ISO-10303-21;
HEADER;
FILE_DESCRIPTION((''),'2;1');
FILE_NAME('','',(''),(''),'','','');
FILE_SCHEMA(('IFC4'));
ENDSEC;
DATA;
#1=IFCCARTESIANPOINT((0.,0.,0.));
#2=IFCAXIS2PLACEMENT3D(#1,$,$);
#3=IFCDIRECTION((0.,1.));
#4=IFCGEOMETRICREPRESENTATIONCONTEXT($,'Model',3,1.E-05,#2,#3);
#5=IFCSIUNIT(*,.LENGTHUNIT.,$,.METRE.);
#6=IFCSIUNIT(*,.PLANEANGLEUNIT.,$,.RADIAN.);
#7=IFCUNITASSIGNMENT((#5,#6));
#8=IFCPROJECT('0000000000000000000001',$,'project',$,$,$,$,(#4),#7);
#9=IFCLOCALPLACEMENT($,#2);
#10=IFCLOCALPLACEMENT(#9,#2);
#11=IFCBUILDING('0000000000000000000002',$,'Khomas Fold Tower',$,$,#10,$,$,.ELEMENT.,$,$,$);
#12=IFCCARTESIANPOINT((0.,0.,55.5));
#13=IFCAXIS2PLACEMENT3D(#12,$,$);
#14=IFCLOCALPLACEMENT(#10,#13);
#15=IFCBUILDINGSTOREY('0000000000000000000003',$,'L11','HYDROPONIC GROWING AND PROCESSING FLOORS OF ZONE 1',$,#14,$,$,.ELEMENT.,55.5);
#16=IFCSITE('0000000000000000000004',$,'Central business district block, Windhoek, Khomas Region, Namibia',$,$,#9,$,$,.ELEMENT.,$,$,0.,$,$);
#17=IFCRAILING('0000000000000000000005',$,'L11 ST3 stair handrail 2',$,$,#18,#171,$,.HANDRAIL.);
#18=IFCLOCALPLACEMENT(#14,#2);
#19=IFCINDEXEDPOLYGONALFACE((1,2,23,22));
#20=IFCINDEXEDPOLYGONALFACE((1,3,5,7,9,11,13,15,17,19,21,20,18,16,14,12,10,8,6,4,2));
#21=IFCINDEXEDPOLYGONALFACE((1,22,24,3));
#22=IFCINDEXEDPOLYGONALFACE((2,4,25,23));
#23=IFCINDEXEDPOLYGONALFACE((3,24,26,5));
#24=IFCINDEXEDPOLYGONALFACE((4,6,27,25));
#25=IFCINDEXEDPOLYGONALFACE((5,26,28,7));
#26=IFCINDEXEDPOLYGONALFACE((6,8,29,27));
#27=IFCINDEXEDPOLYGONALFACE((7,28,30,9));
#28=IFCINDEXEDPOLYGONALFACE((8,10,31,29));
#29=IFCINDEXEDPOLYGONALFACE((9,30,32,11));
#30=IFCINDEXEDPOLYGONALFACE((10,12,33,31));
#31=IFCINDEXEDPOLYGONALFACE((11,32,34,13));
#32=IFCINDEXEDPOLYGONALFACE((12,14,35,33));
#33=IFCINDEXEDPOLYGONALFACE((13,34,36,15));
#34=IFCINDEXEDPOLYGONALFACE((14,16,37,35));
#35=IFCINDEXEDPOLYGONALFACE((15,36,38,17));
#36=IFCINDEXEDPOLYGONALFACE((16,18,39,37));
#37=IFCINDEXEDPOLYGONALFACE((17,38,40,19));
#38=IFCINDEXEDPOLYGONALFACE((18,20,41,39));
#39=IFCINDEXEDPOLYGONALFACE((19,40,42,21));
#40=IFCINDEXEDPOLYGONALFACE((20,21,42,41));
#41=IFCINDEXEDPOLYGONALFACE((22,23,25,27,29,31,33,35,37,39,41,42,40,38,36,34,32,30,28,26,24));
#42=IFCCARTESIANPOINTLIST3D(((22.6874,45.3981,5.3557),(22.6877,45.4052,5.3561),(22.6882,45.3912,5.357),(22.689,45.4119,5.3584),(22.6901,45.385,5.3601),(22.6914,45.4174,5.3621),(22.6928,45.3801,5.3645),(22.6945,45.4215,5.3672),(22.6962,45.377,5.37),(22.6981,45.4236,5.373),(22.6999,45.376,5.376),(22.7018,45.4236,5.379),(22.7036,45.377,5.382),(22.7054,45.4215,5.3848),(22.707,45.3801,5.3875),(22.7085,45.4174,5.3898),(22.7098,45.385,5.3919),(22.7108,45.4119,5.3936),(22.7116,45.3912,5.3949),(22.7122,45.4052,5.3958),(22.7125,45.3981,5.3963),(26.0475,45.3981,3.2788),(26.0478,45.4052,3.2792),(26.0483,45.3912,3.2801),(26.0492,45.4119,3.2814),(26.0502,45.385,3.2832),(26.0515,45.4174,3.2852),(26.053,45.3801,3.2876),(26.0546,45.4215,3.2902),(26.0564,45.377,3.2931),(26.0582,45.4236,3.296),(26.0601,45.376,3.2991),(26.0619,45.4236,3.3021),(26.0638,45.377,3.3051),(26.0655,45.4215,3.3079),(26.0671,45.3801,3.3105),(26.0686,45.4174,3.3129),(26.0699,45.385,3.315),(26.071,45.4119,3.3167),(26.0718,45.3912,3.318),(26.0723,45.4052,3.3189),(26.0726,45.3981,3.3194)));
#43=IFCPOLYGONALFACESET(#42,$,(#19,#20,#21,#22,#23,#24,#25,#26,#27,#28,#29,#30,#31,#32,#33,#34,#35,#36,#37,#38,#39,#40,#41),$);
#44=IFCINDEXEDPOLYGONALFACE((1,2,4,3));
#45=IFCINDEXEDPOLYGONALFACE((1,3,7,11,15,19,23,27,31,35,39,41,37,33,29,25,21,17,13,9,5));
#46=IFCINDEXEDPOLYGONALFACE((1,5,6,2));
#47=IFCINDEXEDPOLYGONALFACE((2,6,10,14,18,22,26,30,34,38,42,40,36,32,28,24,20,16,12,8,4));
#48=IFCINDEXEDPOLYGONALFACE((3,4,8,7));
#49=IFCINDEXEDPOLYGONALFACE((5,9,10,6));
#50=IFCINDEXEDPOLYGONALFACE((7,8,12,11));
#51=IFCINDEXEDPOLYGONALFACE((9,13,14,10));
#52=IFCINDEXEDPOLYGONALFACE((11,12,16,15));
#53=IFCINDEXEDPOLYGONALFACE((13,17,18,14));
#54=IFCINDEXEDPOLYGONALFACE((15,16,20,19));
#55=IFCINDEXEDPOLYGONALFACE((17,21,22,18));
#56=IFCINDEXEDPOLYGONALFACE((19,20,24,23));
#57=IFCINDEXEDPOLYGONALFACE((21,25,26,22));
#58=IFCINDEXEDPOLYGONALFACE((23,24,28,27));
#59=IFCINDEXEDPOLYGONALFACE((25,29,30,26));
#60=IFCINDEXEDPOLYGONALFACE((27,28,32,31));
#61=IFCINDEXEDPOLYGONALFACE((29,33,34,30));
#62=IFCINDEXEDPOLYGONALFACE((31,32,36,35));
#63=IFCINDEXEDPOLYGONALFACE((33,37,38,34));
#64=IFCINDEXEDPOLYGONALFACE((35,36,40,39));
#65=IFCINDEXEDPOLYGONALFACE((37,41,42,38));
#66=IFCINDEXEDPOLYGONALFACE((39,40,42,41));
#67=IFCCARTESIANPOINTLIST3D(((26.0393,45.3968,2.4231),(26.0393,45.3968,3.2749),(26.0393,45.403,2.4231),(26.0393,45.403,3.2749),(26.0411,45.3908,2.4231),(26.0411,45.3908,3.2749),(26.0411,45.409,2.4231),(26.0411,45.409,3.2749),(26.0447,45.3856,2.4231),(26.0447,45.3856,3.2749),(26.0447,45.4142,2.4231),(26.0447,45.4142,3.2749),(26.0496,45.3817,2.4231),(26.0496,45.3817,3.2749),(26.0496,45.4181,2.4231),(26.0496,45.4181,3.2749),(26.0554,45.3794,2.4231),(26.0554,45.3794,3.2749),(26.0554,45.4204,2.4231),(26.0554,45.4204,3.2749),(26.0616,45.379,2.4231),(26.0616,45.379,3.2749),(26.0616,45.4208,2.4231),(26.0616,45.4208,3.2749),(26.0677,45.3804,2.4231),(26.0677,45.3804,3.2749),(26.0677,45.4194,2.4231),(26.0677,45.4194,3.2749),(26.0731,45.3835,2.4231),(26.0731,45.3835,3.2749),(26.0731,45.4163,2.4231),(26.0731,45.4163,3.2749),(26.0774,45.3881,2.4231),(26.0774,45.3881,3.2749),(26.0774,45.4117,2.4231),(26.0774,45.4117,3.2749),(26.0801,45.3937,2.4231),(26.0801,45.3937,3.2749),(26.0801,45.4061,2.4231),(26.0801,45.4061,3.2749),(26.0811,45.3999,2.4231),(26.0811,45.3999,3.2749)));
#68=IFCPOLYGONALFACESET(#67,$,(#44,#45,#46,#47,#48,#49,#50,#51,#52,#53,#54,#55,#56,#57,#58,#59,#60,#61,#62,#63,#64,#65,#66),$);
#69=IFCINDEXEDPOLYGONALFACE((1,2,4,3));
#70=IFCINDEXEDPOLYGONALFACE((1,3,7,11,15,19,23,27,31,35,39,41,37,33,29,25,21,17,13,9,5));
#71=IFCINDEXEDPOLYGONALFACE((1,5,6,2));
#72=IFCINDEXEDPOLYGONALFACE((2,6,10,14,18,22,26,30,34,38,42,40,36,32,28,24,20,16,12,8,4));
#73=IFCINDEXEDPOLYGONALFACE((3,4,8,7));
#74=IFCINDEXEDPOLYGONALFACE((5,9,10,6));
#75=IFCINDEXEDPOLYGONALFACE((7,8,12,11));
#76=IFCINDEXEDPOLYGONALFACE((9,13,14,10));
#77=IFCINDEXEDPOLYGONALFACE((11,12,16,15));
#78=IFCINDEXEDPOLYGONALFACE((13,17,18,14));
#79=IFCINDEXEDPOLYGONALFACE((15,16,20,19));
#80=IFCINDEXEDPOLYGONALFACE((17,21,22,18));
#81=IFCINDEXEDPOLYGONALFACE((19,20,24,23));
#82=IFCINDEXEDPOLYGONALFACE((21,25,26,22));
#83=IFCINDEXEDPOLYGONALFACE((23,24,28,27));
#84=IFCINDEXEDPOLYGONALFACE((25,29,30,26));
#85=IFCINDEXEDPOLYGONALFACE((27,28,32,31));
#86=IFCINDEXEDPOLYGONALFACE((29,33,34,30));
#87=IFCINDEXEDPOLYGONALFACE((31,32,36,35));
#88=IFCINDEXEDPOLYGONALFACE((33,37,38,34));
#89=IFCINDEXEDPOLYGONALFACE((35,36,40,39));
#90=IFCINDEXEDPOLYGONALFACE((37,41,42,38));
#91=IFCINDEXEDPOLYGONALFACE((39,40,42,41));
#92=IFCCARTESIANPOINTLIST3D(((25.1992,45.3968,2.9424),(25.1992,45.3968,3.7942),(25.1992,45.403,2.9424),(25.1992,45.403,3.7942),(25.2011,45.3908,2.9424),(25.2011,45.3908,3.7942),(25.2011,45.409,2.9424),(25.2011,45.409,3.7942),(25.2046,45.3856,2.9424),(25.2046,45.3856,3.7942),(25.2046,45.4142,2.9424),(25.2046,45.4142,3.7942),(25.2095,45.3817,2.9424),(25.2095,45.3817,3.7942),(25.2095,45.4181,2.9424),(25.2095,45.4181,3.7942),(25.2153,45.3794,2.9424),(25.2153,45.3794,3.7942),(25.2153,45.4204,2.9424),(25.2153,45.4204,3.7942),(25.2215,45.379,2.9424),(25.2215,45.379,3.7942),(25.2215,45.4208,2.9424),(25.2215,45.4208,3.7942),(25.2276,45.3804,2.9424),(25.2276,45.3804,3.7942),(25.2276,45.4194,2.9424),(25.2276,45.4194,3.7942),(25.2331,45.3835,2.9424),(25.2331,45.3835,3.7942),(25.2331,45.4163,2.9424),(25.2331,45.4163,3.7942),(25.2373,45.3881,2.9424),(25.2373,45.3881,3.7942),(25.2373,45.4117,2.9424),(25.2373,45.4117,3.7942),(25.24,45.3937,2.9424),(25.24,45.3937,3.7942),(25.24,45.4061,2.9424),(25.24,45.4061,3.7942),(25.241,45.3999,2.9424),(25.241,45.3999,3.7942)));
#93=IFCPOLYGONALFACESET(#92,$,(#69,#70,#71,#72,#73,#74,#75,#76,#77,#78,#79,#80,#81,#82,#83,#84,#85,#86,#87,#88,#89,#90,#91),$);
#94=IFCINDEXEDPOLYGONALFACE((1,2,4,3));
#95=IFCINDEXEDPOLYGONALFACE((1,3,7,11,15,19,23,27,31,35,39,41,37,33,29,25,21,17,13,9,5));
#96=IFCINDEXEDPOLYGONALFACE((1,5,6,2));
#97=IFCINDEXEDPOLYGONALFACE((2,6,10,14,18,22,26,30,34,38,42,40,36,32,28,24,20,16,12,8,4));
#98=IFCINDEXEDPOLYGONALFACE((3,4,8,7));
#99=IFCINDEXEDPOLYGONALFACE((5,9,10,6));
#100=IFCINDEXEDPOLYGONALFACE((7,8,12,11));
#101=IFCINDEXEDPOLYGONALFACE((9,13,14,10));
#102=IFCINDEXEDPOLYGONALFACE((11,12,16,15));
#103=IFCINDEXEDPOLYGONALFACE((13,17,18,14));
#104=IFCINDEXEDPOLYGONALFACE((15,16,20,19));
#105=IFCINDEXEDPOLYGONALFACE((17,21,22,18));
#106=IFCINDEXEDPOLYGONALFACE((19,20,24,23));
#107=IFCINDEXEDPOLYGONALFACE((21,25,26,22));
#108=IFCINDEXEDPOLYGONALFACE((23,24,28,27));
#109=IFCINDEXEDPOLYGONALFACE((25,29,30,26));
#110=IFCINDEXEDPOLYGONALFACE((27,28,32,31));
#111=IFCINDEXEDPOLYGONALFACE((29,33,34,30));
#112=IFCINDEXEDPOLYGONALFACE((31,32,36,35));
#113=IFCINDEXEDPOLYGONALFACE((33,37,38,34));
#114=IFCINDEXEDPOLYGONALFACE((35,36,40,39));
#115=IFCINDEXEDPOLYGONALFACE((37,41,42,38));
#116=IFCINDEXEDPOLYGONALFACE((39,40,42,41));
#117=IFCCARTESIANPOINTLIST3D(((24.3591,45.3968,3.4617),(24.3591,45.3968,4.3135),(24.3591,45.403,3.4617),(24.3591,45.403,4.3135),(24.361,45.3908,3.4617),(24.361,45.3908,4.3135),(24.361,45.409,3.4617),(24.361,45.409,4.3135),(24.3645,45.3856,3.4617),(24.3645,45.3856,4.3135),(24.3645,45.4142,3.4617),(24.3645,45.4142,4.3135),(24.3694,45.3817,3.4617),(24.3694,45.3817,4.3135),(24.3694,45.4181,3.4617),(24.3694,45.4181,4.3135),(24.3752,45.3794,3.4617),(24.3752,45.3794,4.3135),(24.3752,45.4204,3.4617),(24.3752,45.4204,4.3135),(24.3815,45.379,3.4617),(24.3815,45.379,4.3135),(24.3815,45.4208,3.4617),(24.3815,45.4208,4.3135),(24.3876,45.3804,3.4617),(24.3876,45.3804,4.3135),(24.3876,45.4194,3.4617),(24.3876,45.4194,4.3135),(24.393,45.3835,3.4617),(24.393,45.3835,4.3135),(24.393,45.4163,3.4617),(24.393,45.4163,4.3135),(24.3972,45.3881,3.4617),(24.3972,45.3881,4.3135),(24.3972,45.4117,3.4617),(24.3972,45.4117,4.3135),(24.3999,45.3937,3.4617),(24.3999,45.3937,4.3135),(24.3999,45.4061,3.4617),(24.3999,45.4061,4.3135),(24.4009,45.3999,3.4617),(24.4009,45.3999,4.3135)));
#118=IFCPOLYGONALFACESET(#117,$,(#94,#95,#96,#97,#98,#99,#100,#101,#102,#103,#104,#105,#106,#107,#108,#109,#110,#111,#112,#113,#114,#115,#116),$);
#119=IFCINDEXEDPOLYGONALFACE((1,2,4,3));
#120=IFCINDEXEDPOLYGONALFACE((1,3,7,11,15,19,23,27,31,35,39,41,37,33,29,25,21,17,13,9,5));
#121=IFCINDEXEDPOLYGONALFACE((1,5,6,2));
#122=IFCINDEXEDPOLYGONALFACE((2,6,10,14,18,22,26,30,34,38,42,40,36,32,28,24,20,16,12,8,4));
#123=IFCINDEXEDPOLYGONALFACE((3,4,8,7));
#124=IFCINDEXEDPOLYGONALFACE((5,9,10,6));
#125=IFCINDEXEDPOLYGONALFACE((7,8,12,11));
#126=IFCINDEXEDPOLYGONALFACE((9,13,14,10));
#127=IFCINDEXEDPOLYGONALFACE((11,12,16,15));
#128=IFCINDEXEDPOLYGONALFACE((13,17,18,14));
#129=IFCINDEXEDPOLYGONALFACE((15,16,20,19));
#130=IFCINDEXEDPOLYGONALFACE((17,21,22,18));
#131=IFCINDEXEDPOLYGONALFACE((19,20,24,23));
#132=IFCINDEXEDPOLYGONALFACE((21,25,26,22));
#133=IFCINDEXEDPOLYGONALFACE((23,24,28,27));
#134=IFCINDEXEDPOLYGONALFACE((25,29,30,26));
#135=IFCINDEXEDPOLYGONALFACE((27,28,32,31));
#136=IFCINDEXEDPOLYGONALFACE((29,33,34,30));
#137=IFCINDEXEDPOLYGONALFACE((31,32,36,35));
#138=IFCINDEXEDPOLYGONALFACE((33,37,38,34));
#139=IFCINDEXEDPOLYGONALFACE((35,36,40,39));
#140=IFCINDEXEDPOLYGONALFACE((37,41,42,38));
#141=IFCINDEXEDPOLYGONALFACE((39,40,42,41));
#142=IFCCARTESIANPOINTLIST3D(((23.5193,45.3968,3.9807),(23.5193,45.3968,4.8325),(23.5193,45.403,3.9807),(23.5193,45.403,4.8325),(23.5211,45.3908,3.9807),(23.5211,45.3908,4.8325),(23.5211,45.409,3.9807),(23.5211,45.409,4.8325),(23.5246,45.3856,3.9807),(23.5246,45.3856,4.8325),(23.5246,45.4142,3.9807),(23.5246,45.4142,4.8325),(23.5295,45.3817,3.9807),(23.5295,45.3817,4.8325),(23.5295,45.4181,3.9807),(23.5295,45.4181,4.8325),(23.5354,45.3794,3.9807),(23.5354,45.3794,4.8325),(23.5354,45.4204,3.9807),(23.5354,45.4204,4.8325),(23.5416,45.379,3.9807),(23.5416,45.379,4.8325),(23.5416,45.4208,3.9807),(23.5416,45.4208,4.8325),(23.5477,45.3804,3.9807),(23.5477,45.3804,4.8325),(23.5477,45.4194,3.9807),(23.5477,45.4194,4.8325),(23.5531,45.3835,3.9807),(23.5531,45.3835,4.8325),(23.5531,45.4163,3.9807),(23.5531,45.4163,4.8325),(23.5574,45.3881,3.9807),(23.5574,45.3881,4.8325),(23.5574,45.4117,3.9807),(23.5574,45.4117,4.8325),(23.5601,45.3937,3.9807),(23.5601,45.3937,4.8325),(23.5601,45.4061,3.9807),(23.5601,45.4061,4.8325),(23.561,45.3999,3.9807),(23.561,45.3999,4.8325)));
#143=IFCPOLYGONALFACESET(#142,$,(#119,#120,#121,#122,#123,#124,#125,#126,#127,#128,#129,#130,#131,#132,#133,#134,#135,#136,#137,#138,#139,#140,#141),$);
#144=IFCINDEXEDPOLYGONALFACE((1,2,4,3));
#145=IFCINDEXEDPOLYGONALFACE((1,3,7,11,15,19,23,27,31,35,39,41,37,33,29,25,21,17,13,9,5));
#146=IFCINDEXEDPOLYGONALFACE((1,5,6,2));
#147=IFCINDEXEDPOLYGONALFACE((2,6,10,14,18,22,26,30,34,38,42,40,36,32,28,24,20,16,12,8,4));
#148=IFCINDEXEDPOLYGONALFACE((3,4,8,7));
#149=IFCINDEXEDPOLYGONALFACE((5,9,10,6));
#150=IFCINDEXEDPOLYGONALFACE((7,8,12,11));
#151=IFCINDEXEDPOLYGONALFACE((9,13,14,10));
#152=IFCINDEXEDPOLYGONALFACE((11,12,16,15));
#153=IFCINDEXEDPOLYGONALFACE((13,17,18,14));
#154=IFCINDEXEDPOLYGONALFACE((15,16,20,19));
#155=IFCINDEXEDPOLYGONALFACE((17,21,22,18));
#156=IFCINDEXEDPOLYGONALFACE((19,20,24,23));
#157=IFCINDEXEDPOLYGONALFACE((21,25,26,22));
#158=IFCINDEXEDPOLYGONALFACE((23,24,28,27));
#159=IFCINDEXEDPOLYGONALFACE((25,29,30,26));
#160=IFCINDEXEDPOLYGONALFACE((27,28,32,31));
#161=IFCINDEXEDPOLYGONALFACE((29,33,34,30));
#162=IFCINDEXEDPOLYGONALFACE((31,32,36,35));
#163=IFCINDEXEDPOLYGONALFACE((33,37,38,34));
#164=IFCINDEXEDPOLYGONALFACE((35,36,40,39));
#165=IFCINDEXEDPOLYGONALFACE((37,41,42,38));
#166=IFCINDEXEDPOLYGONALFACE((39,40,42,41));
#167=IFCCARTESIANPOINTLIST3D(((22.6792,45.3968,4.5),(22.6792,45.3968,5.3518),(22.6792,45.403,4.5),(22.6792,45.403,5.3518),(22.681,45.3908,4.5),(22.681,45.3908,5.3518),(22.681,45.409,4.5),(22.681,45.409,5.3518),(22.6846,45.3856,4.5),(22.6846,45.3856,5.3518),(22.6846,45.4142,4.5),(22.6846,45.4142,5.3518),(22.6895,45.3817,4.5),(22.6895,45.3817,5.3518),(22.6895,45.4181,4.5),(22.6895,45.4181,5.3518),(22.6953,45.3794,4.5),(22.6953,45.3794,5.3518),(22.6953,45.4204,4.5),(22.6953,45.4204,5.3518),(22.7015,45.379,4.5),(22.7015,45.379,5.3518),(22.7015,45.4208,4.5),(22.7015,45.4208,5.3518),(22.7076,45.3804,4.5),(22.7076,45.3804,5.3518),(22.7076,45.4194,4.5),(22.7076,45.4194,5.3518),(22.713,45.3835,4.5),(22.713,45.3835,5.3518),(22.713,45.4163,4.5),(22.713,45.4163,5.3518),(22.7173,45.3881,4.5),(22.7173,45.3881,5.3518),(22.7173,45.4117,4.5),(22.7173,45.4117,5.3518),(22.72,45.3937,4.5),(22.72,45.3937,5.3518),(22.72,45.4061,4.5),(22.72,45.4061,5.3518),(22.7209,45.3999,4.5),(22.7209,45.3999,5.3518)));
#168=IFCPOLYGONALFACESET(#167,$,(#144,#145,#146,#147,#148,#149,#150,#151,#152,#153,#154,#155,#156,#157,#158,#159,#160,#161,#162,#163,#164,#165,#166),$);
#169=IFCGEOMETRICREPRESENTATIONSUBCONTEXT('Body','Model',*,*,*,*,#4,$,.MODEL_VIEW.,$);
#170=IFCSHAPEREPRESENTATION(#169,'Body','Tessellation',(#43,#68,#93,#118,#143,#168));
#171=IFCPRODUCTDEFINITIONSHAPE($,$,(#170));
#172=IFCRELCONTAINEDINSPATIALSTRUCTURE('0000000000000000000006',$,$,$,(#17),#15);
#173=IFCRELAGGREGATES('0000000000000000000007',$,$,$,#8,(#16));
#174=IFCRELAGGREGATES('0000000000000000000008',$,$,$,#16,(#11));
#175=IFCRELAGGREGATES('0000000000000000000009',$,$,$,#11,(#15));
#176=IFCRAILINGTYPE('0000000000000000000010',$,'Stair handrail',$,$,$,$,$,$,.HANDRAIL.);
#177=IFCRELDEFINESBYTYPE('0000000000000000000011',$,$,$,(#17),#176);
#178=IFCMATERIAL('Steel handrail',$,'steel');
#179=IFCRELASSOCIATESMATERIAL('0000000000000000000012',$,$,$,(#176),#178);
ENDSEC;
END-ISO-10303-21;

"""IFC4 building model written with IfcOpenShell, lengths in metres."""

from ifc_helpers import new_model, si_unit, direction, frame, origin, origin_2d, place, context, subcontext, project, spatial, circle, extrude, source, transform, mapped, material, type_object, element, save


model = new_model("IFC4")

# Units and contexts
model_context = context("Model", 3, precision=1e-05, world=origin(), true_north=direction((0.0, 1.0)))
body_context = subcontext(model_context, "Body", "Model", "MODEL_VIEW")
ifc_project = project(units=[si_unit("LENGTHUNIT", "METRE"), si_unit("PLANEANGLEUNIT", "RADIAN")], contexts=[model_context])

# Site, building, storey
site_placement = place(None, origin())
site = spatial("IfcSite", under=ifc_project, at=site_placement, Name="Central business district block, Windhoek, Khomas Region, Namibia", CompositionType="ELEMENT", RefElevation=0.0)
building_placement = place(site_placement, origin())
building = spatial("IfcBuilding", under=site, at=building_placement, Name="Khomas Fold Tower", CompositionType="ELEMENT")
storey_placement = place(building_placement, frame((0.0, 0.0, 55.5)))
storey = spatial("IfcBuildingStorey", under=building, at=storey_placement, Name="L11", Description="HYDROPONIC GROWING AND PROCESSING FLOORS OF ZONE 1", CompositionType="ELEMENT", Elevation=55.5)

# Railing
ifc_material_1 = material(Name="Steel handrail", Category="steel")
railing_type_1 = type_object("IfcRailingType", Name="Stair handrail", PredefinedType="HANDRAIL", material=ifc_material_1)
shared_shape_1 = source(origin(), body_context, "Body", "SweptSolid", [
    extrude(circle(Radius=0.0239, at=origin_2d()), frame((0.0, 0.0, 0.876), z_axis=(-0.850623, 0.0, 0.525776), x_axis=(0.0, -1.0, 0.0)), (0.0, 0.0, 1.0), 3.9502),
    extrude(circle(Radius=0.021, at=origin_2d()), origin(), (0.0, 0.0, 1.0), 0.8518),
    extrude(circle(Radius=0.021, at=origin_2d()), frame((-0.8401, 0.0, 0.5193)), (0.0, 0.0, 1.0), 0.8518),
    extrude(circle(Radius=0.021, at=origin_2d()), frame((-1.6802, 0.0, 1.0386)), (0.0, 0.0, 1.0), 0.8518),
    extrude(circle(Radius=0.021, at=origin_2d()), frame((-2.52, 0.0, 1.5576)), (0.0, 0.0, 1.0), 0.8518),
    extrude(circle(Radius=0.021, at=origin_2d()), frame((-3.3601, 0.0, 2.0769)), (0.0, 0.0, 1.0), 0.8518),
])
railing_1_placement = place(storey_placement, frame((26.0601, 45.3999, 2.4231)))
element("IfcRailing", 1, at=railing_1_placement, inside=storey, type_object=railing_type_1, Name="L11 ST3 stair handrail 2", PredefinedType="HANDRAIL", context=body_context, shape_type="MappedRepresentation", body=[
    mapped(shared_shape_1, transform((0.0, 0.0, 0.0))),
])

save(model, "model.ifc")
